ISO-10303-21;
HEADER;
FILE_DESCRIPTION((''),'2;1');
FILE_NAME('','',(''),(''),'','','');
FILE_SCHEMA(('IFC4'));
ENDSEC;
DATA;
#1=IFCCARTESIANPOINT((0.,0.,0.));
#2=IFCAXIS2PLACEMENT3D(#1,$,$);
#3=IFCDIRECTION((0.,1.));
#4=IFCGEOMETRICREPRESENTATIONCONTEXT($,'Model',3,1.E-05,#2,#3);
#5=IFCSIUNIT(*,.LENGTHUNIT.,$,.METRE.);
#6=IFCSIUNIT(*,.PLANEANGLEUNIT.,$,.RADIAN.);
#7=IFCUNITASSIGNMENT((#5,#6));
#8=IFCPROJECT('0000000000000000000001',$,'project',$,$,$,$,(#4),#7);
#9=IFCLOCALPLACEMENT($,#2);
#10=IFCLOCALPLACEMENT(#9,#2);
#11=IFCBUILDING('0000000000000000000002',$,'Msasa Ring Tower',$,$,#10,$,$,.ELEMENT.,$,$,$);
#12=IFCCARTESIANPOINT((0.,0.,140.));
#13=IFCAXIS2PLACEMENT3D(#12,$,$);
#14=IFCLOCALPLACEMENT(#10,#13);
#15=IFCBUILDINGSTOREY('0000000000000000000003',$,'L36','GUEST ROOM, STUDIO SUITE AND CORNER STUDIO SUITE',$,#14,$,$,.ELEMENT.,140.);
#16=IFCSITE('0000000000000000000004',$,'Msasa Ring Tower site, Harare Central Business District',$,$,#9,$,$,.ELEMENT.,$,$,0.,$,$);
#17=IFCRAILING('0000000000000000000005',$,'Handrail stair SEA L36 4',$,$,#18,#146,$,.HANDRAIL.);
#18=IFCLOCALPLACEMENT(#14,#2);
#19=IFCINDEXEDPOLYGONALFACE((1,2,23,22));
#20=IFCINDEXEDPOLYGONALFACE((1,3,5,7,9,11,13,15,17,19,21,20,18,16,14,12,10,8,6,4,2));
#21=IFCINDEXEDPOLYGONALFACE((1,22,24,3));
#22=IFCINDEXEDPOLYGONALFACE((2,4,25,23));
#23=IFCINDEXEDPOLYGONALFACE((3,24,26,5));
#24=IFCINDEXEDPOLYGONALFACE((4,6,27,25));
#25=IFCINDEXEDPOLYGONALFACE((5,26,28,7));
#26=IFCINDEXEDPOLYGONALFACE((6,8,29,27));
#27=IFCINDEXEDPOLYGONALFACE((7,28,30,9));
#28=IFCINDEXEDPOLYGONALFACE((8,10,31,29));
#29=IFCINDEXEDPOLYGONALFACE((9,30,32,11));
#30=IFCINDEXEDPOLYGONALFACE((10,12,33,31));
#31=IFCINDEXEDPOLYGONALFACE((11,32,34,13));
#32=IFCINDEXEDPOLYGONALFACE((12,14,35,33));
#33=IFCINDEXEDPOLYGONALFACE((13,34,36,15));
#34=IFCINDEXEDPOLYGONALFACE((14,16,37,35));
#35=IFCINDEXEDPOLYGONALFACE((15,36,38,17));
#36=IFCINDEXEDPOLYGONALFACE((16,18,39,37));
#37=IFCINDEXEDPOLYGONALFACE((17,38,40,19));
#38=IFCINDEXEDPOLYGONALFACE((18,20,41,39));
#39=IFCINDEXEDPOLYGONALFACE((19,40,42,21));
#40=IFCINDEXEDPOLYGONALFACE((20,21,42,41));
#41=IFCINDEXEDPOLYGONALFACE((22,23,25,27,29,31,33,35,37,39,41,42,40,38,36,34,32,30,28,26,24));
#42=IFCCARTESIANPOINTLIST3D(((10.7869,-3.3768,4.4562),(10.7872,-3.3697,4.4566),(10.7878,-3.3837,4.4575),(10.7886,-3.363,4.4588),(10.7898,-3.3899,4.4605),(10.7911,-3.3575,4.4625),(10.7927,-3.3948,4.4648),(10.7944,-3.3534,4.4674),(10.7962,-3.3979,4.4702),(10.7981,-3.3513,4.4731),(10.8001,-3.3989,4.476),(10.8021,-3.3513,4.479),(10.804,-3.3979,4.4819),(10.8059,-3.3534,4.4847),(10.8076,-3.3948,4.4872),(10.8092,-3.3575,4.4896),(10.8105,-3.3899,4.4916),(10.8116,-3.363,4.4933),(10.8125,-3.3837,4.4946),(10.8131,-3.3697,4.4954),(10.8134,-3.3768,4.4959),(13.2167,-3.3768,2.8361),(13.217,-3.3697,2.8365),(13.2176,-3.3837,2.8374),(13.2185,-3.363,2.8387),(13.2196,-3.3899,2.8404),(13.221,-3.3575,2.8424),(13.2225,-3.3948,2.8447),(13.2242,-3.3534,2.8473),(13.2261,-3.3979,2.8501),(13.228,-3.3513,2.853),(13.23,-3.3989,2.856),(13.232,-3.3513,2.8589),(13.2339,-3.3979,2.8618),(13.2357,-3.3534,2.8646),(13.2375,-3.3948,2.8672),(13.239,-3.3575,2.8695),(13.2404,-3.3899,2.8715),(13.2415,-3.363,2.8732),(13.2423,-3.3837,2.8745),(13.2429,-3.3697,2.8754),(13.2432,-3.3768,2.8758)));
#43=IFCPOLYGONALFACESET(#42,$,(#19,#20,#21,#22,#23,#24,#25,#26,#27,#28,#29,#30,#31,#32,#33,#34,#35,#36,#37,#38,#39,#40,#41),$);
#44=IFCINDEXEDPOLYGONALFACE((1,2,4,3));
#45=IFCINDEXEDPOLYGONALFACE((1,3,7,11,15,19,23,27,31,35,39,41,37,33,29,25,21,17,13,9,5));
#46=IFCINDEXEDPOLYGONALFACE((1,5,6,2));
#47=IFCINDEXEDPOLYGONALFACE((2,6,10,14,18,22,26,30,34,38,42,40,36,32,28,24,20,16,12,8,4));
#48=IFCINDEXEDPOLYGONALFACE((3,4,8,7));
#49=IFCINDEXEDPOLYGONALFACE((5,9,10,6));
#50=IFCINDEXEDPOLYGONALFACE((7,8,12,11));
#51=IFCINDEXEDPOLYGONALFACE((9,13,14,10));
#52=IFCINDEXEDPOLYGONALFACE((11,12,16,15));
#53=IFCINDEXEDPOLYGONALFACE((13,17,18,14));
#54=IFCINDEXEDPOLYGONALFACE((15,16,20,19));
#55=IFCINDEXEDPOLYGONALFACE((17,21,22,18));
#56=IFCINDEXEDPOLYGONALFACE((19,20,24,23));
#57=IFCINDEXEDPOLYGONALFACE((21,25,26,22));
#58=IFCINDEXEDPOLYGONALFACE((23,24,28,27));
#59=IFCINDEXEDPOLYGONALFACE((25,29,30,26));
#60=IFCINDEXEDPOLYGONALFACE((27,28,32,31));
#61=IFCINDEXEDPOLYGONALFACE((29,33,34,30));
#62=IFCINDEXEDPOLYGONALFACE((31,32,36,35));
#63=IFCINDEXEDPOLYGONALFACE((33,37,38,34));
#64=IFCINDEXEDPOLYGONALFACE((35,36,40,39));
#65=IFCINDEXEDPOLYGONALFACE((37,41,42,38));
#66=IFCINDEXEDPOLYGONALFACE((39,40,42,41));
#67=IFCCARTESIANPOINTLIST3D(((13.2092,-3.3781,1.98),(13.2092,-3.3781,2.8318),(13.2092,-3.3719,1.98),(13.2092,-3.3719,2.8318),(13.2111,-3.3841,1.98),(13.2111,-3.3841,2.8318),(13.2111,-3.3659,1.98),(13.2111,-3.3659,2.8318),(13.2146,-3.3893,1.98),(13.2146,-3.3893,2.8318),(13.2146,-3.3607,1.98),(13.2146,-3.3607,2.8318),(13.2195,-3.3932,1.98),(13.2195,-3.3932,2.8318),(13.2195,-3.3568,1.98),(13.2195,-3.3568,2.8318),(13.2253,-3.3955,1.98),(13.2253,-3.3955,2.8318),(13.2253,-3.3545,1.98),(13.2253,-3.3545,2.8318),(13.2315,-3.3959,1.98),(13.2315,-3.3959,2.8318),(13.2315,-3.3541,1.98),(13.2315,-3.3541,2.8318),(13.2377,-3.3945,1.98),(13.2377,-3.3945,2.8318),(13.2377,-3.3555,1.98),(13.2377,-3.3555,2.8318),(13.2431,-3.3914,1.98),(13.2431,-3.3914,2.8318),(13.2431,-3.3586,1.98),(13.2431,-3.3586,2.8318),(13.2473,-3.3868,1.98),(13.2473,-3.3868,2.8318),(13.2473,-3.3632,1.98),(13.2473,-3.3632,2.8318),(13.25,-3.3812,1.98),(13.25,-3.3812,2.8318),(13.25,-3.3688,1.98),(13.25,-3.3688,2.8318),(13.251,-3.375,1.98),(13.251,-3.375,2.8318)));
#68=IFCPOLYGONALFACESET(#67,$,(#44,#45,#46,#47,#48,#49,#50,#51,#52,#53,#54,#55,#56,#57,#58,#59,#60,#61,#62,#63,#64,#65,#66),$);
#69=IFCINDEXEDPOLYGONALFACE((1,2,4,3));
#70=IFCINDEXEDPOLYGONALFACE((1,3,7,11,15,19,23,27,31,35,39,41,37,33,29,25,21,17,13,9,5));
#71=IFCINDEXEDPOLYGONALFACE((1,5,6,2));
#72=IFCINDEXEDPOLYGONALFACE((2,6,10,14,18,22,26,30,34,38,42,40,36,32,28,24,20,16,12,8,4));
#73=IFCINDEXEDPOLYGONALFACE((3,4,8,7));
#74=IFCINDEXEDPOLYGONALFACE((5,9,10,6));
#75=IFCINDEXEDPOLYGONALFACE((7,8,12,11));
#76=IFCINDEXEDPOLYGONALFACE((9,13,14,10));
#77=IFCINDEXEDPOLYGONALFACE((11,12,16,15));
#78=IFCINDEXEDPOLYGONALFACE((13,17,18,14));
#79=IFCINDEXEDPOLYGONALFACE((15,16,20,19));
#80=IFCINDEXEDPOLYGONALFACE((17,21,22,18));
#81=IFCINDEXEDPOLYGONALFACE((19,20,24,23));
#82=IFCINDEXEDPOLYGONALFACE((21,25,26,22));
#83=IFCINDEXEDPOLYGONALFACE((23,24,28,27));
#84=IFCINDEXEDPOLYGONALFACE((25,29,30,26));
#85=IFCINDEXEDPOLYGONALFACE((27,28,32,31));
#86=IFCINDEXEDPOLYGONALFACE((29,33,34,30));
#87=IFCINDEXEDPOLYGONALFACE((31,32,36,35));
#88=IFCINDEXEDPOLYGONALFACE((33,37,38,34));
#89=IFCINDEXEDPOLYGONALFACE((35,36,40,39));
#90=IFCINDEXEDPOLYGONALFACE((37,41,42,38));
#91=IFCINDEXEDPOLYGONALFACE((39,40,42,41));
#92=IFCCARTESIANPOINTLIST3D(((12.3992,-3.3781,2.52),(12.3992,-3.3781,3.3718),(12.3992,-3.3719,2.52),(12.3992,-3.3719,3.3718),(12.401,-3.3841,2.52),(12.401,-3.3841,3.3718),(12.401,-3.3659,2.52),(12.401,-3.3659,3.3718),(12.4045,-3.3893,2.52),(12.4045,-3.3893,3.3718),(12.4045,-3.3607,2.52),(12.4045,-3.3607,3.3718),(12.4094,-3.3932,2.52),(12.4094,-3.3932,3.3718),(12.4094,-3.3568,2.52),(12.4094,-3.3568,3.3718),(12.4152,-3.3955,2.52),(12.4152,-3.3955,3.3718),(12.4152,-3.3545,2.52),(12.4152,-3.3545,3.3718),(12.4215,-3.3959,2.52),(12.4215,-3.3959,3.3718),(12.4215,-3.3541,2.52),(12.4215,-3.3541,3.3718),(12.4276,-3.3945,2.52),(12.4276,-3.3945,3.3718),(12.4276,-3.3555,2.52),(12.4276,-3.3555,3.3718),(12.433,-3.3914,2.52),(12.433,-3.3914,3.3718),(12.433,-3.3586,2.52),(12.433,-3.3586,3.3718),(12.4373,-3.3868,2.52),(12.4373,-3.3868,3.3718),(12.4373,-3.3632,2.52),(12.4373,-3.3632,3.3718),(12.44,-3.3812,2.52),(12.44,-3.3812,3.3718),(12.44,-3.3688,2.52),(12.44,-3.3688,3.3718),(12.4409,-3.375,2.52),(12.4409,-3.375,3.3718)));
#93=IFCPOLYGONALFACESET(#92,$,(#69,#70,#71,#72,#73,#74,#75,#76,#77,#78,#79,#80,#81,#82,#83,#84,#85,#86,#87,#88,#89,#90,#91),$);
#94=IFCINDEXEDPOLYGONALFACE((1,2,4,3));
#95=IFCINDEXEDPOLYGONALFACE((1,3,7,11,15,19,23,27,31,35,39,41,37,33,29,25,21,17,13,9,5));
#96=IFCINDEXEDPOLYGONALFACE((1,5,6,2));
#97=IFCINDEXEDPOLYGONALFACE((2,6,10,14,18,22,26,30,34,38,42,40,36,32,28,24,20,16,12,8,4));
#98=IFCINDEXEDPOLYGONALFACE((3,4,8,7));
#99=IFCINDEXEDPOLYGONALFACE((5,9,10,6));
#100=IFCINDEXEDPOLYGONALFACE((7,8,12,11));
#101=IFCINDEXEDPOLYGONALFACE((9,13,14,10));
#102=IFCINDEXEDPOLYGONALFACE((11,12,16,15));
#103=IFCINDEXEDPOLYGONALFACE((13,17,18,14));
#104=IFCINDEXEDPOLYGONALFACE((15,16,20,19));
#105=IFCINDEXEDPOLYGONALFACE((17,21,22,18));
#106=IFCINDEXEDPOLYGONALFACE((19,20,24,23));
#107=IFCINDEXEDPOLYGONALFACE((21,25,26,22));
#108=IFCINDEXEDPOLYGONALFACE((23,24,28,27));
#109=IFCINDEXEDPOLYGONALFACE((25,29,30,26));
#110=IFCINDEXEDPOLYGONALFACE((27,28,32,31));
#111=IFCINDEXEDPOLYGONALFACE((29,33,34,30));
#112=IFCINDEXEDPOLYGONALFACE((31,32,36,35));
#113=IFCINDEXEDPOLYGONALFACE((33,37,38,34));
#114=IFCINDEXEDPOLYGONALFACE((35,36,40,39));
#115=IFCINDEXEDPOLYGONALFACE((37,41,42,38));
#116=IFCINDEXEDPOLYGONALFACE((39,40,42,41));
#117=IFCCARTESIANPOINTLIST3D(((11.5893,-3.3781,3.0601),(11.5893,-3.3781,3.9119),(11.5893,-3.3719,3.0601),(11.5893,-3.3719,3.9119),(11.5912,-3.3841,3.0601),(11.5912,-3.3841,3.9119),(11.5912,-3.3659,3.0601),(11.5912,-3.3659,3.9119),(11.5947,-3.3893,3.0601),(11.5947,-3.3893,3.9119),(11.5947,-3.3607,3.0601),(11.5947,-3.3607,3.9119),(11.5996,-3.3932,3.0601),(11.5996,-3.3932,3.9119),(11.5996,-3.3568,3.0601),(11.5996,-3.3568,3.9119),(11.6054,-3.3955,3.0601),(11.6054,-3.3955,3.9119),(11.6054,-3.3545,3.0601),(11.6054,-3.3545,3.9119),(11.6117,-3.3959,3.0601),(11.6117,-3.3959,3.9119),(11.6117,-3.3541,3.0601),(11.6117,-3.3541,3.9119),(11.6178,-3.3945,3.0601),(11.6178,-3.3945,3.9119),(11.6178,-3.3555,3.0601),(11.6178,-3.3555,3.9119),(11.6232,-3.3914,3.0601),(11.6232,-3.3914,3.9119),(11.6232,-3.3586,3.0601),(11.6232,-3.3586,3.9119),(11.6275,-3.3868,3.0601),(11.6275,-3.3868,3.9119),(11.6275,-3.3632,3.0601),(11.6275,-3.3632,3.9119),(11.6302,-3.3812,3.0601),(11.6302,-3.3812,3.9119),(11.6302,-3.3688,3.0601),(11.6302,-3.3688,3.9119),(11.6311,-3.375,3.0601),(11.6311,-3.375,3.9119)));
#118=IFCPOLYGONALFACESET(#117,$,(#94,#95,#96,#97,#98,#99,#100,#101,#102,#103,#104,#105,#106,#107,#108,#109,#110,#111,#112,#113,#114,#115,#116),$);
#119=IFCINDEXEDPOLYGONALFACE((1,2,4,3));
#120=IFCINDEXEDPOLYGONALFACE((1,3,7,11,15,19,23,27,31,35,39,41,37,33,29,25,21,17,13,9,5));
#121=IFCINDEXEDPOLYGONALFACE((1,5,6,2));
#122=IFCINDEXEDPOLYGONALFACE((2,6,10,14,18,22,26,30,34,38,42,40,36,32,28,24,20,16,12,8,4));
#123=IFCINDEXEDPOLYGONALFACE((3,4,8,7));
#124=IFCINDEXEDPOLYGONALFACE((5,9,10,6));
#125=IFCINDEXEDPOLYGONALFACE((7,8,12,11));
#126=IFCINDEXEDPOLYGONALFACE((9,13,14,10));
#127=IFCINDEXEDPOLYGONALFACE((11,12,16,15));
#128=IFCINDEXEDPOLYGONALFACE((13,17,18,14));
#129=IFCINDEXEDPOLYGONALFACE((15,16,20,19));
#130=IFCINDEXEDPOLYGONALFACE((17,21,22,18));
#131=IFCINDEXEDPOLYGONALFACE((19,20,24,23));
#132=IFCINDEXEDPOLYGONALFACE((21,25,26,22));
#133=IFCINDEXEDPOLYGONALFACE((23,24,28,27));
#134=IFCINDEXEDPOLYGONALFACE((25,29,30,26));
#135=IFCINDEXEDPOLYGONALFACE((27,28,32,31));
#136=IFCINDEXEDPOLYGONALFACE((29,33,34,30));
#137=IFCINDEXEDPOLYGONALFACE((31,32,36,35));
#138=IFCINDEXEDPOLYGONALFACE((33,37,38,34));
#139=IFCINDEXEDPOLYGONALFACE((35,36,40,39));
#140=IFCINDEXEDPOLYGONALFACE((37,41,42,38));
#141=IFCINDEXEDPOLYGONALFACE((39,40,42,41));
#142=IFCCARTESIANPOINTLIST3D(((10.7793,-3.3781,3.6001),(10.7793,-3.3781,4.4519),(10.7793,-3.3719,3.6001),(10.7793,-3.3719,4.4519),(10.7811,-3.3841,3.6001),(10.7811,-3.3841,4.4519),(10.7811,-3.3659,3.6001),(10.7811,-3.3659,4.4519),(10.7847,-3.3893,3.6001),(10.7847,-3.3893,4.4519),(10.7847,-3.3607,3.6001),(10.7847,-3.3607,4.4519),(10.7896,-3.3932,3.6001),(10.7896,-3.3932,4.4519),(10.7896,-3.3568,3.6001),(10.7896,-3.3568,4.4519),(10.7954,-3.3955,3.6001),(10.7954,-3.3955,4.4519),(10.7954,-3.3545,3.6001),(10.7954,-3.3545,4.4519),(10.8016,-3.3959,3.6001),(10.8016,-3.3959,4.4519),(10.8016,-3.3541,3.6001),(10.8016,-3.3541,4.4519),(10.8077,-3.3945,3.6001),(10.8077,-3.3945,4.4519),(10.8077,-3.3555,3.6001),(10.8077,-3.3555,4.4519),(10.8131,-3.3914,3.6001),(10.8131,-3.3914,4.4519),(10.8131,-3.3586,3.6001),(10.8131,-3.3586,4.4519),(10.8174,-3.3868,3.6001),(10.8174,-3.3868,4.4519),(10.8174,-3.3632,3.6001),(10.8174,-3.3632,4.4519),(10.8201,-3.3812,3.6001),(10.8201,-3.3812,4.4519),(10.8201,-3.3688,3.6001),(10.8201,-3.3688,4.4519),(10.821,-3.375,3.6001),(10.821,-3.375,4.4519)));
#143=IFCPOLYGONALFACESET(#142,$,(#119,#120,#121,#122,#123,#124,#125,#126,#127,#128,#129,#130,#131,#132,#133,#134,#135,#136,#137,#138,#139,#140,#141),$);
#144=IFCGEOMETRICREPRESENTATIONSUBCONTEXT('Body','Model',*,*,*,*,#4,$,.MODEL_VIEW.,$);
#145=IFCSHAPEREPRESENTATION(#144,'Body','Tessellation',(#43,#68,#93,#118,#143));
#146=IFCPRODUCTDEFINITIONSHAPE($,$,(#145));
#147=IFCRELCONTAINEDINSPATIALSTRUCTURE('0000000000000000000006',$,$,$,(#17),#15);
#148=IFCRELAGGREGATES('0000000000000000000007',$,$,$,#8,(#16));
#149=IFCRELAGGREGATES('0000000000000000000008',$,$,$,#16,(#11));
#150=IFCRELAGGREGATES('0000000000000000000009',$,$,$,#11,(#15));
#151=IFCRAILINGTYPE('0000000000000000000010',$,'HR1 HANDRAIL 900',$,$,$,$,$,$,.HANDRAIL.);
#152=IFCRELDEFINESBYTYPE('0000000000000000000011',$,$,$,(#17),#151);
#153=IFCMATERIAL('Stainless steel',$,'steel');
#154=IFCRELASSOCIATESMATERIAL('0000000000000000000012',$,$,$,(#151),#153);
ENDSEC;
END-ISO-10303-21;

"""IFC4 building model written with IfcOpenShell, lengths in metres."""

from ifc_helpers import new_model, si_unit, direction, frame, origin, origin_2d, place, context, subcontext, project, spatial, circle, extrude, material, type_object, element, save


model = new_model("IFC4")

# Units and contexts
model_context = context("Model", 3, precision=1e-05, world=origin(), true_north=direction((0.0, 1.0)))
body_context = subcontext(model_context, "Body", "Model", "MODEL_VIEW")
ifc_project = project(units=[si_unit("LENGTHUNIT", "METRE"), si_unit("PLANEANGLEUNIT", "RADIAN")], contexts=[model_context])

# Site, building, storey
site_placement = place(None, origin())
site = spatial("IfcSite", under=ifc_project, at=site_placement, Name="Msasa Ring Tower site, Harare Central Business District", CompositionType="ELEMENT", RefElevation=0.0)
building_placement = place(site_placement, origin())
building = spatial("IfcBuilding", under=site, at=building_placement, Name="Msasa Ring Tower", CompositionType="ELEMENT")
storey_placement = place(building_placement, frame((0.0, 0.0, 140.0)))
storey = spatial("IfcBuildingStorey", under=building, at=storey_placement, Name="L36", Description="GUEST ROOM, STUDIO SUITE AND CORNER STUDIO SUITE", CompositionType="ELEMENT", Elevation=140.0)

# Railing
ifc_material_1 = material(Name="Stainless steel", Category="steel")
railing_type = type_object("IfcRailingType", Name="HR1 HANDRAIL 900", PredefinedType="HANDRAIL", material=ifc_material_1)
for number, where, name in (
    (1, (13.23, -3.375, 1.98), "Handrail stair SEA L36 4"),
):
    element("IfcRailing", number, at=place(storey_placement, frame(where)), inside=storey, type_object=railing_type, Name=name, PredefinedType="HANDRAIL", context=body_context, shape_type="SweptSolid", body=[
        extrude(circle(Radius=0.0239, at=origin_2d()), frame((0.0, 0.0, 0.876), z_axis=(-0.832025, 0.0, 0.554739), x_axis=(0.0, -1.0, 0.0)), (0.0, 0.0, 1.0), 2.9204),
        extrude(circle(Radius=0.021, at=origin_2d()), origin(), (0.0, 0.0, 1.0), 0.8518),
        extrude(circle(Radius=0.021, at=origin_2d()), frame((-0.8101, 0.0, 0.54)), (0.0, 0.0, 1.0), 0.8518),
        extrude(circle(Radius=0.021, at=origin_2d()), frame((-1.6199, 0.0, 1.0801)), (0.0, 0.0, 1.0), 0.8518),
        extrude(circle(Radius=0.021, at=origin_2d()), frame((-2.4299, 0.0, 1.6201)), (0.0, 0.0, 1.0), 0.8518),
    ])

save(model, "model.ifc")
